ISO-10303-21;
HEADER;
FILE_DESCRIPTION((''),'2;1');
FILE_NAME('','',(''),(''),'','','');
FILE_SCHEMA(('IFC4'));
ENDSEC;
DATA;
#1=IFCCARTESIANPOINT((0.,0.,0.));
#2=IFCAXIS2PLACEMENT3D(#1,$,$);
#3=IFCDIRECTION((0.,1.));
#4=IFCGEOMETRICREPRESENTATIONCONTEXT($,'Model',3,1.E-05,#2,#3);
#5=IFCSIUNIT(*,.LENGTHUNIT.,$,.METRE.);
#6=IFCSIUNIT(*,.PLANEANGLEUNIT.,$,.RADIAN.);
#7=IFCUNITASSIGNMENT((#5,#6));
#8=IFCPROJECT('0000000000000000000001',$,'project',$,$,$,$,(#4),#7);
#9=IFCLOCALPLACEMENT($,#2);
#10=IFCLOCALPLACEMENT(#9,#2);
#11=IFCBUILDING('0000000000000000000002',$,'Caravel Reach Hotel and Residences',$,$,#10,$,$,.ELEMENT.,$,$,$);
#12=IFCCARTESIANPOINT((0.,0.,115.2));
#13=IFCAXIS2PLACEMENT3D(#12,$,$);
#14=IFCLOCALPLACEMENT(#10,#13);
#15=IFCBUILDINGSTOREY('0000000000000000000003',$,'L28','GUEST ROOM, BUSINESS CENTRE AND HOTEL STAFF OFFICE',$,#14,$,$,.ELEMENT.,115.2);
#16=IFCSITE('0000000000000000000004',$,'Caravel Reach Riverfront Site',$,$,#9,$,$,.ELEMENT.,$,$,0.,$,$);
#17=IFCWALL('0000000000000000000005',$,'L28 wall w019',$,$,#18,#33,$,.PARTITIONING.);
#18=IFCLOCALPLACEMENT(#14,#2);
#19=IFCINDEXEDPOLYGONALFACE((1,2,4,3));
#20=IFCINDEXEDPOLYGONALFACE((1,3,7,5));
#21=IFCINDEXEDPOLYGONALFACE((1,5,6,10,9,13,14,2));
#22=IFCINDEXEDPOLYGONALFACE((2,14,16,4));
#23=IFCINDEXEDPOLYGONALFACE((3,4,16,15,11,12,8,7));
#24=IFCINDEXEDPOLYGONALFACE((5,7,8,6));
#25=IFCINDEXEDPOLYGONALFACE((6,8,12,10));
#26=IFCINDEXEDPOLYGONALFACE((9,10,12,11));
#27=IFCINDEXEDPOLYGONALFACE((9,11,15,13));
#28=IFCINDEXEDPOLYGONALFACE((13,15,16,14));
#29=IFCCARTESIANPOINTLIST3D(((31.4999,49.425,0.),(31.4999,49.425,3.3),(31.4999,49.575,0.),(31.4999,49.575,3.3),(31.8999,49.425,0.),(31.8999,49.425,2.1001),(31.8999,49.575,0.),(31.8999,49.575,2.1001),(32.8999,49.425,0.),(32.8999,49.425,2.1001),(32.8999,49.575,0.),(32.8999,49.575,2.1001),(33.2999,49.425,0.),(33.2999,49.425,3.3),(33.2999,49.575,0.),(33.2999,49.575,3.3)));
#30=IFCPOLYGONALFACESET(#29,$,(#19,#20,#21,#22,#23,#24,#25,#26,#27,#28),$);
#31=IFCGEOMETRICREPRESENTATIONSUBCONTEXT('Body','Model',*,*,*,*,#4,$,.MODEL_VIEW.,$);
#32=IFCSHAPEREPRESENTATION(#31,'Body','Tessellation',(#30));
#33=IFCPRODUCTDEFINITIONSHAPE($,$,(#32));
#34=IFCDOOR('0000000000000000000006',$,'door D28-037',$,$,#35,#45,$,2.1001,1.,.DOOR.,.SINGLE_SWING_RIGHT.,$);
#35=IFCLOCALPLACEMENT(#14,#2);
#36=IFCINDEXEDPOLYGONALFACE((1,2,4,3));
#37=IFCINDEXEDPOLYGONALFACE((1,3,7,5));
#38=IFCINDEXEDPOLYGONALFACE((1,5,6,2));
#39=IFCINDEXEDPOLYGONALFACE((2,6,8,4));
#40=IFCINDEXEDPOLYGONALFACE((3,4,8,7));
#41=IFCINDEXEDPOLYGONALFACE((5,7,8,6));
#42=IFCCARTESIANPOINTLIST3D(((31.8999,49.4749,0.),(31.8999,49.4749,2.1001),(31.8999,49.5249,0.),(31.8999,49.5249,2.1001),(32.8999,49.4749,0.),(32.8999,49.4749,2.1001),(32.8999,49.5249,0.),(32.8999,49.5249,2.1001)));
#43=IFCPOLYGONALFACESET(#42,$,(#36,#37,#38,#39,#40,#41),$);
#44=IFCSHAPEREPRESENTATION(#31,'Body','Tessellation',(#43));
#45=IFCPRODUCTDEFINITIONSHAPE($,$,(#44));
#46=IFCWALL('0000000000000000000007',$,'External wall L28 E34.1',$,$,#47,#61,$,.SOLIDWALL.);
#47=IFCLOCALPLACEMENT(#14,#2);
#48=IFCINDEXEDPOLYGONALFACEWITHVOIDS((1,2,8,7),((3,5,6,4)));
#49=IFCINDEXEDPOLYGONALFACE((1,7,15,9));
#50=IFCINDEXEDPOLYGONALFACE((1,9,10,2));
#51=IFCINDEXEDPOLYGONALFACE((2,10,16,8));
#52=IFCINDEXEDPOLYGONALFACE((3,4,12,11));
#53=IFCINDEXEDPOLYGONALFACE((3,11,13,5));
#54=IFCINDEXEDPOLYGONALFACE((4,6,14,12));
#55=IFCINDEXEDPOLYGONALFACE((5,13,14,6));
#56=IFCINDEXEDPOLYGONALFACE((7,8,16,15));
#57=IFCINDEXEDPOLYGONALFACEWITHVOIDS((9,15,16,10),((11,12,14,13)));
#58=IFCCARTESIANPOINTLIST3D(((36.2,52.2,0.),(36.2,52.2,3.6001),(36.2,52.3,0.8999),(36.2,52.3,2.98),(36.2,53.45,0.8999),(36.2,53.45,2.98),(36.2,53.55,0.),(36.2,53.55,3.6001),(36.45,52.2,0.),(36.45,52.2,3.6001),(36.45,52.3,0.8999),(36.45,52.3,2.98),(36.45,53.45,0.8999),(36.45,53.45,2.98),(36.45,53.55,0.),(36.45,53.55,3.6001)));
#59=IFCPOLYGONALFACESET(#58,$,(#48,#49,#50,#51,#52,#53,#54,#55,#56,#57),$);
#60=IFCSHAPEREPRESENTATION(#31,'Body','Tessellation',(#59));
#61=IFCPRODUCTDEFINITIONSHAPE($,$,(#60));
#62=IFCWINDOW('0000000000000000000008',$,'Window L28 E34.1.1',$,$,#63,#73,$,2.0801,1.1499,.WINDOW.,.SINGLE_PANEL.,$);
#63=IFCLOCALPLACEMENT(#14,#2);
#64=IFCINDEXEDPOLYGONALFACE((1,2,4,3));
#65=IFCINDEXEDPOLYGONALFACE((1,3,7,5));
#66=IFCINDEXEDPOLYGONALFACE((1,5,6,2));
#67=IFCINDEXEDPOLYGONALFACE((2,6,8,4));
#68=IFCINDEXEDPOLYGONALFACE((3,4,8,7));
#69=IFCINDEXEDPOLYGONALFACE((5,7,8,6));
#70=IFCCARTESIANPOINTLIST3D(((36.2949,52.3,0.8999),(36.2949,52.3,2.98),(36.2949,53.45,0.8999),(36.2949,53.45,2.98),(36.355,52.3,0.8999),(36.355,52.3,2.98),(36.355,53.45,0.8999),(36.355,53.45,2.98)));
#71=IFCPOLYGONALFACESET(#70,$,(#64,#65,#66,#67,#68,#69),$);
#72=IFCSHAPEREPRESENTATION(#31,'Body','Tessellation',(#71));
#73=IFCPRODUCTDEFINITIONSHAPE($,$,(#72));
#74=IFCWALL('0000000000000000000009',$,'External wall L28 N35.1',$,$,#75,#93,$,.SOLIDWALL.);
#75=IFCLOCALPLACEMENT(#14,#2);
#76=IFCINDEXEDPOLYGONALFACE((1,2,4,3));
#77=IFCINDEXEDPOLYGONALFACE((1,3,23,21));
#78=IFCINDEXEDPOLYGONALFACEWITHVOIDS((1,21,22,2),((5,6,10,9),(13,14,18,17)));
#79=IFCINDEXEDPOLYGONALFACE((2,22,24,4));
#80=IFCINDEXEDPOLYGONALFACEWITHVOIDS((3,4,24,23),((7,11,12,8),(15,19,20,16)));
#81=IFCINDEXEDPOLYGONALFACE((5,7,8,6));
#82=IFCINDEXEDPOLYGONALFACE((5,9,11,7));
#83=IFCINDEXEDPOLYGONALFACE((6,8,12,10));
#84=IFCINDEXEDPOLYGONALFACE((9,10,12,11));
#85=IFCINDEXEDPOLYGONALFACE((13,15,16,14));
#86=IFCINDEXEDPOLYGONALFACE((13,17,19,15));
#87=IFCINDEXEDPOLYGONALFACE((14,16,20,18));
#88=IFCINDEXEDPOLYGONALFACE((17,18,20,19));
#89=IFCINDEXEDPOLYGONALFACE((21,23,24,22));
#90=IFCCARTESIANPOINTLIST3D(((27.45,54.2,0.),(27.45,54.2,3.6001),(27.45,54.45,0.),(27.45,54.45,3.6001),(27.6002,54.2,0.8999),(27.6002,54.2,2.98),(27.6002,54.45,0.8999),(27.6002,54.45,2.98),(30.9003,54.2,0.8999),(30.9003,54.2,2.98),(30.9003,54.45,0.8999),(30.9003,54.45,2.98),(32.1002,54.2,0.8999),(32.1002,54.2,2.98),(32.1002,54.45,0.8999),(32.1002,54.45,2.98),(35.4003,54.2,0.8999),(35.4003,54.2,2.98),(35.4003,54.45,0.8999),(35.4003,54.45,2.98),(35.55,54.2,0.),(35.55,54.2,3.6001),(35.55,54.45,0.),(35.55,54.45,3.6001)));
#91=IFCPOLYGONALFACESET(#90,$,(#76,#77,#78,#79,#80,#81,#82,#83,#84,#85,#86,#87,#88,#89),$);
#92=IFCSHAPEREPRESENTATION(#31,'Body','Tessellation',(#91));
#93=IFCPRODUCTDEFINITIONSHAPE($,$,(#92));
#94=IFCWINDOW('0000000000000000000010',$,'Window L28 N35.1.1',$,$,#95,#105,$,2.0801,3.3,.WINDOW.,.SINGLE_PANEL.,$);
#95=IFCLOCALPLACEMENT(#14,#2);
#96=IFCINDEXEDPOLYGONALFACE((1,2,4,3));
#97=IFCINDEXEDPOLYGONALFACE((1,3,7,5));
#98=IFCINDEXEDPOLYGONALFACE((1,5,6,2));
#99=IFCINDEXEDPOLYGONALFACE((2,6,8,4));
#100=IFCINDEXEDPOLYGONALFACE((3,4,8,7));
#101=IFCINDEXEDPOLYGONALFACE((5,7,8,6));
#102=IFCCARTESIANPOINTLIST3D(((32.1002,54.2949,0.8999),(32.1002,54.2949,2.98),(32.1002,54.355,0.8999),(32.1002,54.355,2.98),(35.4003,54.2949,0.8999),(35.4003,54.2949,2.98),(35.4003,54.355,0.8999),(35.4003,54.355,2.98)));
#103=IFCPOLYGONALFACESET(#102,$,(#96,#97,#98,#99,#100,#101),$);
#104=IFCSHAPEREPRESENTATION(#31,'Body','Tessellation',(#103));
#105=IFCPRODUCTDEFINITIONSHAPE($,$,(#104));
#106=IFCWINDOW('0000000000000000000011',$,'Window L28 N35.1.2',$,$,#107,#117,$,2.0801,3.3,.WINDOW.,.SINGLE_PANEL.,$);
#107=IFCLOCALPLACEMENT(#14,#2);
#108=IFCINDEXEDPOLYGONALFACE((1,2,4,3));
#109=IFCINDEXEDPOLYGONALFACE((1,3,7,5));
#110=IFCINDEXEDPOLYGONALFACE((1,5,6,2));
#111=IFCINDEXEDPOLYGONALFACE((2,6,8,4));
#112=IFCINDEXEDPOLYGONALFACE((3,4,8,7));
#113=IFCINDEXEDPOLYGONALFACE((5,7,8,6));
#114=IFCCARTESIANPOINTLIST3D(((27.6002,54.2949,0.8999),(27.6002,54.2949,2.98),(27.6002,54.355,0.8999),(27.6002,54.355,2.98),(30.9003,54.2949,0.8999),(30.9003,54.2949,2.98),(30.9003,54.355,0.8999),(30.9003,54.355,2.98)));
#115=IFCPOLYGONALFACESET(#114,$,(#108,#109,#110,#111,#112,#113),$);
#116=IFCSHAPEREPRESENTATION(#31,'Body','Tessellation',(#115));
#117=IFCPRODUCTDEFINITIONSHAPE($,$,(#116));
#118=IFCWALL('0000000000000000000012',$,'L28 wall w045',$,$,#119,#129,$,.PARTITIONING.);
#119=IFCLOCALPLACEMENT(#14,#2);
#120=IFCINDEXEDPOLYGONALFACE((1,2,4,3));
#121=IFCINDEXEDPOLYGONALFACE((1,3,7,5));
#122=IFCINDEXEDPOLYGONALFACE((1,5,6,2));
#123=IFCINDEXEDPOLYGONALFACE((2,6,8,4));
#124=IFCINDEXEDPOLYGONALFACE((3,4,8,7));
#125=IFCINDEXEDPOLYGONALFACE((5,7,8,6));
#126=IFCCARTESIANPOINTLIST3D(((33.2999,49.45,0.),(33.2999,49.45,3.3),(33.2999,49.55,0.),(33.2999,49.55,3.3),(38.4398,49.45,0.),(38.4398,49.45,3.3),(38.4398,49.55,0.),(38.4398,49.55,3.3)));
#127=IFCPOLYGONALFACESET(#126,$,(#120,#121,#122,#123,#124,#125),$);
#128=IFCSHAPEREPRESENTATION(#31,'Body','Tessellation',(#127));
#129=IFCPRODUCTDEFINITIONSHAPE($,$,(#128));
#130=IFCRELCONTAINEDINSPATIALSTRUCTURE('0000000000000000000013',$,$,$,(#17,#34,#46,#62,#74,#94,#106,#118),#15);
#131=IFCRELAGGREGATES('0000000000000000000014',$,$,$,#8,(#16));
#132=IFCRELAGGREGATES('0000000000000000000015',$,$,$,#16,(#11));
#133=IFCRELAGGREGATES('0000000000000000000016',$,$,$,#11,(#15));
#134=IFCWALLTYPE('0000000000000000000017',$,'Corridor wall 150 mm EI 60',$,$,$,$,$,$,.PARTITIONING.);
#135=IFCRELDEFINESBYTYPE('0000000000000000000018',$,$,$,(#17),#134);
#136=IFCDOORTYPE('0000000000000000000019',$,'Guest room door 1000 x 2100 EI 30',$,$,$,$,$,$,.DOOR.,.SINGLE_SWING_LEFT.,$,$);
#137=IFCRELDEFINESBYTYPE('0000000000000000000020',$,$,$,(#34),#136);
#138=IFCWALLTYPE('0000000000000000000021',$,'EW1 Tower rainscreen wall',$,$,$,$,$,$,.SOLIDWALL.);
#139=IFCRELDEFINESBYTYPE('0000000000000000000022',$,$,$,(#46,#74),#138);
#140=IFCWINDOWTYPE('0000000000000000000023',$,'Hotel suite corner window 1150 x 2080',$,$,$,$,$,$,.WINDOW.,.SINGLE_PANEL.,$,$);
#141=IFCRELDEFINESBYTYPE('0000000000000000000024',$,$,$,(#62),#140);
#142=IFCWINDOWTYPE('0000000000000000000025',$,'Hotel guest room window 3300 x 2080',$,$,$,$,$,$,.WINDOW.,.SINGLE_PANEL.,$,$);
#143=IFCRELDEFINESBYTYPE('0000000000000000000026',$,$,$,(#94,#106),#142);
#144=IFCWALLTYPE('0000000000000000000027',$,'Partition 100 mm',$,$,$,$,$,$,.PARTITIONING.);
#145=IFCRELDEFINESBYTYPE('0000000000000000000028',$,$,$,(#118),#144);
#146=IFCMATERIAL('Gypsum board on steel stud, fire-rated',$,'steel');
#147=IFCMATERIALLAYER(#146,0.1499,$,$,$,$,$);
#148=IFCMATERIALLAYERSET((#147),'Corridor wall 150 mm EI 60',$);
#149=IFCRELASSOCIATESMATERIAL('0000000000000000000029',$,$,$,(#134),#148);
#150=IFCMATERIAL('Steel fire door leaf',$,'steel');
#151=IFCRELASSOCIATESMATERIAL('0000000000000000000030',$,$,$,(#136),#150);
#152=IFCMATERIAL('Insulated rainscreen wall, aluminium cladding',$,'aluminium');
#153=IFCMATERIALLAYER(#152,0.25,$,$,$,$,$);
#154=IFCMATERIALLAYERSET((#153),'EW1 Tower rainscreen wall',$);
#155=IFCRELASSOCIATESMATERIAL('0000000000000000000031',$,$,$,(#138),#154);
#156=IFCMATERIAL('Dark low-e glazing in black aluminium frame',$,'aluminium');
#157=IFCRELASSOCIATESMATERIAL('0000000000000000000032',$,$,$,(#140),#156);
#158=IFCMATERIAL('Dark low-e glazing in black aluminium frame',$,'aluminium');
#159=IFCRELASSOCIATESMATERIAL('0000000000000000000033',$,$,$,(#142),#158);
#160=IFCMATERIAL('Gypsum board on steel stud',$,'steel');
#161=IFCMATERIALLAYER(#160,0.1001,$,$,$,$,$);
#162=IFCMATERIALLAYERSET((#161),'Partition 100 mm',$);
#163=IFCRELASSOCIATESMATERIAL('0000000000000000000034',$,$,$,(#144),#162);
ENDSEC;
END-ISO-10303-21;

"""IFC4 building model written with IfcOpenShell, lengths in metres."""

from ifc_helpers import new_model, si_unit, direction, frame, frame_2d, origin, place, context, subcontext, project, spatial, rectangle, extrude, material, layer, layer_set, type_object, element, fill, save


model = new_model("IFC4")

# Units and contexts
model_context = context("Model", 3, precision=1e-05, world=origin(), true_north=direction((0.0, 1.0)))
body_context = subcontext(model_context, "Body", "Model", "MODEL_VIEW")
ifc_project = project(units=[si_unit("LENGTHUNIT", "METRE"), si_unit("PLANEANGLEUNIT", "RADIAN")], contexts=[model_context])

# Site, building, storey
site_placement = place(None, origin())
site = spatial("IfcSite", under=ifc_project, at=site_placement, Name="Caravel Reach Riverfront Site", CompositionType="ELEMENT", RefElevation=0.0)
building_placement = place(site_placement, origin())
building = spatial("IfcBuilding", under=site, at=building_placement, Name="Caravel Reach Hotel and Residences", CompositionType="ELEMENT")
storey_placement = place(building_placement, frame((0.0, 0.0, 115.2)))
storey = spatial("IfcBuildingStorey", under=building, at=storey_placement, Name="L28", Description="GUEST ROOM, BUSINESS CENTRE AND HOTEL STAFF OFFICE", CompositionType="ELEMENT", Elevation=115.2)

# Wall, opening, door
ifc_material_1 = material(Name="Gypsum board on steel stud, fire-rated", Category="steel")
ifc_layer_1 = layer(ifc_material_1, 0.1499)
ifc_layer_set_1 = layer_set([ifc_layer_1], Name="Corridor wall 150 mm EI 60")
wall_type_1 = type_object("IfcWallType", Name="Corridor wall 150 mm EI 60", PredefinedType="PARTITIONING", material=ifc_layer_set_1)
wall_1_placement = place(storey_placement, frame((31.5, 49.5, 0.0), z_axis=(0.0, 0.0, 1.0), x_axis=(1.0, 0.0, 0.0)))
wall_1 = element("IfcWall", 1, at=wall_1_placement, inside=storey, type_object=wall_type_1, Name="L28 wall w019", PredefinedType="PARTITIONING", context=body_context, shape_type="SweptSolid", body=[
    extrude(rectangle(XDim=1.8, YDim=0.1499, at=frame_2d((0.8999, 0.0))), origin(), (0.0, 0.0, 1.0), 3.3),
])
opening_1_placement = place(wall_1_placement, frame((0.3999, 0.0, 0.0)))
opening_1 = element("IfcOpeningElement", 2, at=opening_1_placement, cuts=wall_1, PredefinedType="OPENING", context=body_context, shape_type="SweptSolid", body=[
    extrude(rectangle(XDim=1.0, YDim=2.1001, at=frame_2d((0.5, 1.05))), frame((0.0, 0.085, 0.0), z_axis=(0.0, -1.0, 0.0), x_axis=(1.0, 0.0, 0.0)), (0.0, 0.0, 1.0), 0.1699),
])
ifc_material_2 = material(Name="Steel fire door leaf", Category="steel")
door_type = type_object("IfcDoorType", Name="Guest room door 1000 x 2100 EI 30", OperationType="SINGLE_SWING_LEFT", PredefinedType="DOOR", material=ifc_material_2)
door_placement = place(opening_1_placement, origin())
door = element("IfcDoor", 3, at=door_placement, inside=storey, type_object=door_type, Name="door D28-037", OperationType="SINGLE_SWING_RIGHT", OverallHeight=2.1001, OverallWidth=1.0, PredefinedType="DOOR", context=body_context, shape_type="SweptSolid", body=[
    extrude(rectangle(XDim=1.0, YDim=2.1001, at=frame_2d((0.5, 1.05))), frame((0.0, 0.0249, 0.0), z_axis=(0.0, -1.0, 0.0), x_axis=(1.0, 0.0, 0.0)), (0.0, 0.0, 1.0), 0.05),
])
fill(opening_1, door)

# Wall, opening, window
ifc_material_3 = material(Name="Insulated rainscreen wall, aluminium cladding", Category="aluminium")
ifc_layer_2 = layer(ifc_material_3, 0.25)
ifc_layer_set_2 = layer_set([ifc_layer_2], Name="EW1 Tower rainscreen wall")
wall_type_2 = type_object("IfcWallType", Name="EW1 Tower rainscreen wall", PredefinedType="SOLIDWALL", material=ifc_layer_set_2)
wall_2_placement = place(storey_placement, frame((36.325, 52.2, 0.0), z_axis=(0.0, 0.0, 1.0), x_axis=(0.0, 1.0, 0.0)))
wall_2 = element("IfcWall", 4, at=wall_2_placement, inside=storey, type_object=wall_type_2, Name="External wall L28 E34.1", PredefinedType="SOLIDWALL", context=body_context, shape_type="SweptSolid", body=[
    extrude(rectangle(XDim=1.3501, YDim=0.25, at=frame_2d((0.675, 0.0))), origin(), (0.0, 0.0, 1.0), 3.6001),
])
opening_2_placement = place(wall_2_placement, frame((0.1001, 0.0, 0.8999)))
opening_2 = element("IfcOpeningElement", 5, at=opening_2_placement, cuts=wall_2, PredefinedType="OPENING", context=body_context, shape_type="SweptSolid", body=[
    extrude(rectangle(XDim=1.1499, YDim=2.0801, at=frame_2d((0.575, 1.04))), frame((0.0, 0.135, 0.0), z_axis=(0.0, -1.0, 0.0), x_axis=(1.0, 0.0, 0.0)), (0.0, 0.0, 1.0), 0.27),
])
ifc_material_4 = material(Name="Dark low-e glazing in black aluminium frame", Category="aluminium")
window_type_1 = type_object("IfcWindowType", Name="Hotel suite corner window 1150 x 2080", PartitioningType="SINGLE_PANEL", PredefinedType="WINDOW", material=ifc_material_4)
window_1_placement = place(opening_2_placement, origin())
window_1 = element("IfcWindow", 6, at=window_1_placement, inside=storey, type_object=window_type_1, Name="Window L28 E34.1.1", OverallHeight=2.0801, OverallWidth=1.1499, PartitioningType="SINGLE_PANEL", PredefinedType="WINDOW", context=body_context, shape_type="SweptSolid", body=[
    extrude(rectangle(XDim=1.1499, YDim=2.0801, at=frame_2d((0.575, 1.04))), frame((0.0, 0.03, 0.0), z_axis=(0.0, -1.0, 0.0), x_axis=(1.0, 0.0, 0.0)), (0.0, 0.0, 1.0), 0.0601),
])
fill(opening_2, window_1)

# Wall, openings, windows
wall_3_placement = place(storey_placement, frame((35.55, 54.325, 0.0), z_axis=(0.0, 0.0, 1.0), x_axis=(-1.0, 0.0, 0.0)))
wall_3 = element("IfcWall", 7, at=wall_3_placement, inside=storey, type_object=wall_type_2, Name="External wall L28 N35.1", PredefinedType="SOLIDWALL", context=body_context, shape_type="SweptSolid", body=[
    extrude(rectangle(XDim=8.1001, YDim=0.25, at=frame_2d((4.05, 0.0))), origin(), (0.0, 0.0, 1.0), 3.6001),
])
opening_3_placement = place(wall_3_placement, frame((0.1499, 0.0, 0.8999)))
opening_3 = element("IfcOpeningElement", 8, at=opening_3_placement, cuts=wall_3, PredefinedType="OPENING", context=body_context, shape_type="SweptSolid", body=[
    extrude(rectangle(XDim=3.3, YDim=2.0801, at=frame_2d((1.6499, 1.04))), frame((0.0, 0.135, 0.0), z_axis=(0.0, -1.0, 0.0), x_axis=(1.0, 0.0, 0.0)), (0.0, 0.0, 1.0), 0.27),
])
opening_4_placement = place(wall_3_placement, frame((4.6499, 0.0, 0.8999)))
opening_4 = element("IfcOpeningElement", 9, at=opening_4_placement, cuts=wall_3, PredefinedType="OPENING", context=body_context, shape_type="SweptSolid", body=[
    extrude(rectangle(XDim=3.3, YDim=2.0801, at=frame_2d((1.6499, 1.04))), frame((0.0, 0.135, 0.0), z_axis=(0.0, -1.0, 0.0), x_axis=(1.0, 0.0, 0.0)), (0.0, 0.0, 1.0), 0.27),
])
ifc_material_5 = material(Name="Dark low-e glazing in black aluminium frame", Category="aluminium")
window_type_2 = type_object("IfcWindowType", Name="Hotel guest room window 3300 x 2080", PartitioningType="SINGLE_PANEL", PredefinedType="WINDOW", material=ifc_material_5)
window_2_placement = place(opening_3_placement, origin())
window_2 = element("IfcWindow", 10, at=window_2_placement, inside=storey, type_object=window_type_2, Name="Window L28 N35.1.1", OverallHeight=2.0801, OverallWidth=3.3, PartitioningType="SINGLE_PANEL", PredefinedType="WINDOW", context=body_context, shape_type="SweptSolid", body=[
    extrude(rectangle(XDim=3.3, YDim=2.0801, at=frame_2d((1.6499, 1.04))), frame((0.0, 0.03, 0.0), z_axis=(0.0, -1.0, 0.0), x_axis=(1.0, 0.0, 0.0)), (0.0, 0.0, 1.0), 0.0601),
])
fill(opening_3, window_2)
window_3_placement = place(opening_4_placement, origin())
window_3 = element("IfcWindow", 11, at=window_3_placement, inside=storey, type_object=window_type_2, Name="Window L28 N35.1.2", OverallHeight=2.0801, OverallWidth=3.3, PartitioningType="SINGLE_PANEL", PredefinedType="WINDOW", context=body_context, shape_type="SweptSolid", body=[
    extrude(rectangle(XDim=3.3, YDim=2.0801, at=frame_2d((1.6499, 1.04))), frame((0.0, 0.03, 0.0), z_axis=(0.0, -1.0, 0.0), x_axis=(1.0, 0.0, 0.0)), (0.0, 0.0, 1.0), 0.0601),
])
fill(opening_4, window_3)

# Wall
ifc_material_6 = material(Name="Gypsum board on steel stud", Category="steel")
ifc_layer_3 = layer(ifc_material_6, 0.1001)
ifc_layer_set_3 = layer_set([ifc_layer_3], Name="Partition 100 mm")
wall_type_3 = type_object("IfcWallType", Name="Partition 100 mm", PredefinedType="PARTITIONING", material=ifc_layer_set_3)
wall_4_placement = place(storey_placement, frame((33.3, 49.5, 0.0), z_axis=(0.0, 0.0, 1.0), x_axis=(1.0, 0.0, 0.0)))
element("IfcWall", 12, at=wall_4_placement, inside=storey, type_object=wall_type_3, Name="L28 wall w045", PredefinedType="PARTITIONING", context=body_context, shape_type="SweptSolid", body=[
    extrude(rectangle(XDim=5.1399, YDim=0.1001, at=frame_2d((2.5698, 0.0))), origin(), (0.0, 0.0, 1.0), 3.3),
])

save(model, "model.ifc")
